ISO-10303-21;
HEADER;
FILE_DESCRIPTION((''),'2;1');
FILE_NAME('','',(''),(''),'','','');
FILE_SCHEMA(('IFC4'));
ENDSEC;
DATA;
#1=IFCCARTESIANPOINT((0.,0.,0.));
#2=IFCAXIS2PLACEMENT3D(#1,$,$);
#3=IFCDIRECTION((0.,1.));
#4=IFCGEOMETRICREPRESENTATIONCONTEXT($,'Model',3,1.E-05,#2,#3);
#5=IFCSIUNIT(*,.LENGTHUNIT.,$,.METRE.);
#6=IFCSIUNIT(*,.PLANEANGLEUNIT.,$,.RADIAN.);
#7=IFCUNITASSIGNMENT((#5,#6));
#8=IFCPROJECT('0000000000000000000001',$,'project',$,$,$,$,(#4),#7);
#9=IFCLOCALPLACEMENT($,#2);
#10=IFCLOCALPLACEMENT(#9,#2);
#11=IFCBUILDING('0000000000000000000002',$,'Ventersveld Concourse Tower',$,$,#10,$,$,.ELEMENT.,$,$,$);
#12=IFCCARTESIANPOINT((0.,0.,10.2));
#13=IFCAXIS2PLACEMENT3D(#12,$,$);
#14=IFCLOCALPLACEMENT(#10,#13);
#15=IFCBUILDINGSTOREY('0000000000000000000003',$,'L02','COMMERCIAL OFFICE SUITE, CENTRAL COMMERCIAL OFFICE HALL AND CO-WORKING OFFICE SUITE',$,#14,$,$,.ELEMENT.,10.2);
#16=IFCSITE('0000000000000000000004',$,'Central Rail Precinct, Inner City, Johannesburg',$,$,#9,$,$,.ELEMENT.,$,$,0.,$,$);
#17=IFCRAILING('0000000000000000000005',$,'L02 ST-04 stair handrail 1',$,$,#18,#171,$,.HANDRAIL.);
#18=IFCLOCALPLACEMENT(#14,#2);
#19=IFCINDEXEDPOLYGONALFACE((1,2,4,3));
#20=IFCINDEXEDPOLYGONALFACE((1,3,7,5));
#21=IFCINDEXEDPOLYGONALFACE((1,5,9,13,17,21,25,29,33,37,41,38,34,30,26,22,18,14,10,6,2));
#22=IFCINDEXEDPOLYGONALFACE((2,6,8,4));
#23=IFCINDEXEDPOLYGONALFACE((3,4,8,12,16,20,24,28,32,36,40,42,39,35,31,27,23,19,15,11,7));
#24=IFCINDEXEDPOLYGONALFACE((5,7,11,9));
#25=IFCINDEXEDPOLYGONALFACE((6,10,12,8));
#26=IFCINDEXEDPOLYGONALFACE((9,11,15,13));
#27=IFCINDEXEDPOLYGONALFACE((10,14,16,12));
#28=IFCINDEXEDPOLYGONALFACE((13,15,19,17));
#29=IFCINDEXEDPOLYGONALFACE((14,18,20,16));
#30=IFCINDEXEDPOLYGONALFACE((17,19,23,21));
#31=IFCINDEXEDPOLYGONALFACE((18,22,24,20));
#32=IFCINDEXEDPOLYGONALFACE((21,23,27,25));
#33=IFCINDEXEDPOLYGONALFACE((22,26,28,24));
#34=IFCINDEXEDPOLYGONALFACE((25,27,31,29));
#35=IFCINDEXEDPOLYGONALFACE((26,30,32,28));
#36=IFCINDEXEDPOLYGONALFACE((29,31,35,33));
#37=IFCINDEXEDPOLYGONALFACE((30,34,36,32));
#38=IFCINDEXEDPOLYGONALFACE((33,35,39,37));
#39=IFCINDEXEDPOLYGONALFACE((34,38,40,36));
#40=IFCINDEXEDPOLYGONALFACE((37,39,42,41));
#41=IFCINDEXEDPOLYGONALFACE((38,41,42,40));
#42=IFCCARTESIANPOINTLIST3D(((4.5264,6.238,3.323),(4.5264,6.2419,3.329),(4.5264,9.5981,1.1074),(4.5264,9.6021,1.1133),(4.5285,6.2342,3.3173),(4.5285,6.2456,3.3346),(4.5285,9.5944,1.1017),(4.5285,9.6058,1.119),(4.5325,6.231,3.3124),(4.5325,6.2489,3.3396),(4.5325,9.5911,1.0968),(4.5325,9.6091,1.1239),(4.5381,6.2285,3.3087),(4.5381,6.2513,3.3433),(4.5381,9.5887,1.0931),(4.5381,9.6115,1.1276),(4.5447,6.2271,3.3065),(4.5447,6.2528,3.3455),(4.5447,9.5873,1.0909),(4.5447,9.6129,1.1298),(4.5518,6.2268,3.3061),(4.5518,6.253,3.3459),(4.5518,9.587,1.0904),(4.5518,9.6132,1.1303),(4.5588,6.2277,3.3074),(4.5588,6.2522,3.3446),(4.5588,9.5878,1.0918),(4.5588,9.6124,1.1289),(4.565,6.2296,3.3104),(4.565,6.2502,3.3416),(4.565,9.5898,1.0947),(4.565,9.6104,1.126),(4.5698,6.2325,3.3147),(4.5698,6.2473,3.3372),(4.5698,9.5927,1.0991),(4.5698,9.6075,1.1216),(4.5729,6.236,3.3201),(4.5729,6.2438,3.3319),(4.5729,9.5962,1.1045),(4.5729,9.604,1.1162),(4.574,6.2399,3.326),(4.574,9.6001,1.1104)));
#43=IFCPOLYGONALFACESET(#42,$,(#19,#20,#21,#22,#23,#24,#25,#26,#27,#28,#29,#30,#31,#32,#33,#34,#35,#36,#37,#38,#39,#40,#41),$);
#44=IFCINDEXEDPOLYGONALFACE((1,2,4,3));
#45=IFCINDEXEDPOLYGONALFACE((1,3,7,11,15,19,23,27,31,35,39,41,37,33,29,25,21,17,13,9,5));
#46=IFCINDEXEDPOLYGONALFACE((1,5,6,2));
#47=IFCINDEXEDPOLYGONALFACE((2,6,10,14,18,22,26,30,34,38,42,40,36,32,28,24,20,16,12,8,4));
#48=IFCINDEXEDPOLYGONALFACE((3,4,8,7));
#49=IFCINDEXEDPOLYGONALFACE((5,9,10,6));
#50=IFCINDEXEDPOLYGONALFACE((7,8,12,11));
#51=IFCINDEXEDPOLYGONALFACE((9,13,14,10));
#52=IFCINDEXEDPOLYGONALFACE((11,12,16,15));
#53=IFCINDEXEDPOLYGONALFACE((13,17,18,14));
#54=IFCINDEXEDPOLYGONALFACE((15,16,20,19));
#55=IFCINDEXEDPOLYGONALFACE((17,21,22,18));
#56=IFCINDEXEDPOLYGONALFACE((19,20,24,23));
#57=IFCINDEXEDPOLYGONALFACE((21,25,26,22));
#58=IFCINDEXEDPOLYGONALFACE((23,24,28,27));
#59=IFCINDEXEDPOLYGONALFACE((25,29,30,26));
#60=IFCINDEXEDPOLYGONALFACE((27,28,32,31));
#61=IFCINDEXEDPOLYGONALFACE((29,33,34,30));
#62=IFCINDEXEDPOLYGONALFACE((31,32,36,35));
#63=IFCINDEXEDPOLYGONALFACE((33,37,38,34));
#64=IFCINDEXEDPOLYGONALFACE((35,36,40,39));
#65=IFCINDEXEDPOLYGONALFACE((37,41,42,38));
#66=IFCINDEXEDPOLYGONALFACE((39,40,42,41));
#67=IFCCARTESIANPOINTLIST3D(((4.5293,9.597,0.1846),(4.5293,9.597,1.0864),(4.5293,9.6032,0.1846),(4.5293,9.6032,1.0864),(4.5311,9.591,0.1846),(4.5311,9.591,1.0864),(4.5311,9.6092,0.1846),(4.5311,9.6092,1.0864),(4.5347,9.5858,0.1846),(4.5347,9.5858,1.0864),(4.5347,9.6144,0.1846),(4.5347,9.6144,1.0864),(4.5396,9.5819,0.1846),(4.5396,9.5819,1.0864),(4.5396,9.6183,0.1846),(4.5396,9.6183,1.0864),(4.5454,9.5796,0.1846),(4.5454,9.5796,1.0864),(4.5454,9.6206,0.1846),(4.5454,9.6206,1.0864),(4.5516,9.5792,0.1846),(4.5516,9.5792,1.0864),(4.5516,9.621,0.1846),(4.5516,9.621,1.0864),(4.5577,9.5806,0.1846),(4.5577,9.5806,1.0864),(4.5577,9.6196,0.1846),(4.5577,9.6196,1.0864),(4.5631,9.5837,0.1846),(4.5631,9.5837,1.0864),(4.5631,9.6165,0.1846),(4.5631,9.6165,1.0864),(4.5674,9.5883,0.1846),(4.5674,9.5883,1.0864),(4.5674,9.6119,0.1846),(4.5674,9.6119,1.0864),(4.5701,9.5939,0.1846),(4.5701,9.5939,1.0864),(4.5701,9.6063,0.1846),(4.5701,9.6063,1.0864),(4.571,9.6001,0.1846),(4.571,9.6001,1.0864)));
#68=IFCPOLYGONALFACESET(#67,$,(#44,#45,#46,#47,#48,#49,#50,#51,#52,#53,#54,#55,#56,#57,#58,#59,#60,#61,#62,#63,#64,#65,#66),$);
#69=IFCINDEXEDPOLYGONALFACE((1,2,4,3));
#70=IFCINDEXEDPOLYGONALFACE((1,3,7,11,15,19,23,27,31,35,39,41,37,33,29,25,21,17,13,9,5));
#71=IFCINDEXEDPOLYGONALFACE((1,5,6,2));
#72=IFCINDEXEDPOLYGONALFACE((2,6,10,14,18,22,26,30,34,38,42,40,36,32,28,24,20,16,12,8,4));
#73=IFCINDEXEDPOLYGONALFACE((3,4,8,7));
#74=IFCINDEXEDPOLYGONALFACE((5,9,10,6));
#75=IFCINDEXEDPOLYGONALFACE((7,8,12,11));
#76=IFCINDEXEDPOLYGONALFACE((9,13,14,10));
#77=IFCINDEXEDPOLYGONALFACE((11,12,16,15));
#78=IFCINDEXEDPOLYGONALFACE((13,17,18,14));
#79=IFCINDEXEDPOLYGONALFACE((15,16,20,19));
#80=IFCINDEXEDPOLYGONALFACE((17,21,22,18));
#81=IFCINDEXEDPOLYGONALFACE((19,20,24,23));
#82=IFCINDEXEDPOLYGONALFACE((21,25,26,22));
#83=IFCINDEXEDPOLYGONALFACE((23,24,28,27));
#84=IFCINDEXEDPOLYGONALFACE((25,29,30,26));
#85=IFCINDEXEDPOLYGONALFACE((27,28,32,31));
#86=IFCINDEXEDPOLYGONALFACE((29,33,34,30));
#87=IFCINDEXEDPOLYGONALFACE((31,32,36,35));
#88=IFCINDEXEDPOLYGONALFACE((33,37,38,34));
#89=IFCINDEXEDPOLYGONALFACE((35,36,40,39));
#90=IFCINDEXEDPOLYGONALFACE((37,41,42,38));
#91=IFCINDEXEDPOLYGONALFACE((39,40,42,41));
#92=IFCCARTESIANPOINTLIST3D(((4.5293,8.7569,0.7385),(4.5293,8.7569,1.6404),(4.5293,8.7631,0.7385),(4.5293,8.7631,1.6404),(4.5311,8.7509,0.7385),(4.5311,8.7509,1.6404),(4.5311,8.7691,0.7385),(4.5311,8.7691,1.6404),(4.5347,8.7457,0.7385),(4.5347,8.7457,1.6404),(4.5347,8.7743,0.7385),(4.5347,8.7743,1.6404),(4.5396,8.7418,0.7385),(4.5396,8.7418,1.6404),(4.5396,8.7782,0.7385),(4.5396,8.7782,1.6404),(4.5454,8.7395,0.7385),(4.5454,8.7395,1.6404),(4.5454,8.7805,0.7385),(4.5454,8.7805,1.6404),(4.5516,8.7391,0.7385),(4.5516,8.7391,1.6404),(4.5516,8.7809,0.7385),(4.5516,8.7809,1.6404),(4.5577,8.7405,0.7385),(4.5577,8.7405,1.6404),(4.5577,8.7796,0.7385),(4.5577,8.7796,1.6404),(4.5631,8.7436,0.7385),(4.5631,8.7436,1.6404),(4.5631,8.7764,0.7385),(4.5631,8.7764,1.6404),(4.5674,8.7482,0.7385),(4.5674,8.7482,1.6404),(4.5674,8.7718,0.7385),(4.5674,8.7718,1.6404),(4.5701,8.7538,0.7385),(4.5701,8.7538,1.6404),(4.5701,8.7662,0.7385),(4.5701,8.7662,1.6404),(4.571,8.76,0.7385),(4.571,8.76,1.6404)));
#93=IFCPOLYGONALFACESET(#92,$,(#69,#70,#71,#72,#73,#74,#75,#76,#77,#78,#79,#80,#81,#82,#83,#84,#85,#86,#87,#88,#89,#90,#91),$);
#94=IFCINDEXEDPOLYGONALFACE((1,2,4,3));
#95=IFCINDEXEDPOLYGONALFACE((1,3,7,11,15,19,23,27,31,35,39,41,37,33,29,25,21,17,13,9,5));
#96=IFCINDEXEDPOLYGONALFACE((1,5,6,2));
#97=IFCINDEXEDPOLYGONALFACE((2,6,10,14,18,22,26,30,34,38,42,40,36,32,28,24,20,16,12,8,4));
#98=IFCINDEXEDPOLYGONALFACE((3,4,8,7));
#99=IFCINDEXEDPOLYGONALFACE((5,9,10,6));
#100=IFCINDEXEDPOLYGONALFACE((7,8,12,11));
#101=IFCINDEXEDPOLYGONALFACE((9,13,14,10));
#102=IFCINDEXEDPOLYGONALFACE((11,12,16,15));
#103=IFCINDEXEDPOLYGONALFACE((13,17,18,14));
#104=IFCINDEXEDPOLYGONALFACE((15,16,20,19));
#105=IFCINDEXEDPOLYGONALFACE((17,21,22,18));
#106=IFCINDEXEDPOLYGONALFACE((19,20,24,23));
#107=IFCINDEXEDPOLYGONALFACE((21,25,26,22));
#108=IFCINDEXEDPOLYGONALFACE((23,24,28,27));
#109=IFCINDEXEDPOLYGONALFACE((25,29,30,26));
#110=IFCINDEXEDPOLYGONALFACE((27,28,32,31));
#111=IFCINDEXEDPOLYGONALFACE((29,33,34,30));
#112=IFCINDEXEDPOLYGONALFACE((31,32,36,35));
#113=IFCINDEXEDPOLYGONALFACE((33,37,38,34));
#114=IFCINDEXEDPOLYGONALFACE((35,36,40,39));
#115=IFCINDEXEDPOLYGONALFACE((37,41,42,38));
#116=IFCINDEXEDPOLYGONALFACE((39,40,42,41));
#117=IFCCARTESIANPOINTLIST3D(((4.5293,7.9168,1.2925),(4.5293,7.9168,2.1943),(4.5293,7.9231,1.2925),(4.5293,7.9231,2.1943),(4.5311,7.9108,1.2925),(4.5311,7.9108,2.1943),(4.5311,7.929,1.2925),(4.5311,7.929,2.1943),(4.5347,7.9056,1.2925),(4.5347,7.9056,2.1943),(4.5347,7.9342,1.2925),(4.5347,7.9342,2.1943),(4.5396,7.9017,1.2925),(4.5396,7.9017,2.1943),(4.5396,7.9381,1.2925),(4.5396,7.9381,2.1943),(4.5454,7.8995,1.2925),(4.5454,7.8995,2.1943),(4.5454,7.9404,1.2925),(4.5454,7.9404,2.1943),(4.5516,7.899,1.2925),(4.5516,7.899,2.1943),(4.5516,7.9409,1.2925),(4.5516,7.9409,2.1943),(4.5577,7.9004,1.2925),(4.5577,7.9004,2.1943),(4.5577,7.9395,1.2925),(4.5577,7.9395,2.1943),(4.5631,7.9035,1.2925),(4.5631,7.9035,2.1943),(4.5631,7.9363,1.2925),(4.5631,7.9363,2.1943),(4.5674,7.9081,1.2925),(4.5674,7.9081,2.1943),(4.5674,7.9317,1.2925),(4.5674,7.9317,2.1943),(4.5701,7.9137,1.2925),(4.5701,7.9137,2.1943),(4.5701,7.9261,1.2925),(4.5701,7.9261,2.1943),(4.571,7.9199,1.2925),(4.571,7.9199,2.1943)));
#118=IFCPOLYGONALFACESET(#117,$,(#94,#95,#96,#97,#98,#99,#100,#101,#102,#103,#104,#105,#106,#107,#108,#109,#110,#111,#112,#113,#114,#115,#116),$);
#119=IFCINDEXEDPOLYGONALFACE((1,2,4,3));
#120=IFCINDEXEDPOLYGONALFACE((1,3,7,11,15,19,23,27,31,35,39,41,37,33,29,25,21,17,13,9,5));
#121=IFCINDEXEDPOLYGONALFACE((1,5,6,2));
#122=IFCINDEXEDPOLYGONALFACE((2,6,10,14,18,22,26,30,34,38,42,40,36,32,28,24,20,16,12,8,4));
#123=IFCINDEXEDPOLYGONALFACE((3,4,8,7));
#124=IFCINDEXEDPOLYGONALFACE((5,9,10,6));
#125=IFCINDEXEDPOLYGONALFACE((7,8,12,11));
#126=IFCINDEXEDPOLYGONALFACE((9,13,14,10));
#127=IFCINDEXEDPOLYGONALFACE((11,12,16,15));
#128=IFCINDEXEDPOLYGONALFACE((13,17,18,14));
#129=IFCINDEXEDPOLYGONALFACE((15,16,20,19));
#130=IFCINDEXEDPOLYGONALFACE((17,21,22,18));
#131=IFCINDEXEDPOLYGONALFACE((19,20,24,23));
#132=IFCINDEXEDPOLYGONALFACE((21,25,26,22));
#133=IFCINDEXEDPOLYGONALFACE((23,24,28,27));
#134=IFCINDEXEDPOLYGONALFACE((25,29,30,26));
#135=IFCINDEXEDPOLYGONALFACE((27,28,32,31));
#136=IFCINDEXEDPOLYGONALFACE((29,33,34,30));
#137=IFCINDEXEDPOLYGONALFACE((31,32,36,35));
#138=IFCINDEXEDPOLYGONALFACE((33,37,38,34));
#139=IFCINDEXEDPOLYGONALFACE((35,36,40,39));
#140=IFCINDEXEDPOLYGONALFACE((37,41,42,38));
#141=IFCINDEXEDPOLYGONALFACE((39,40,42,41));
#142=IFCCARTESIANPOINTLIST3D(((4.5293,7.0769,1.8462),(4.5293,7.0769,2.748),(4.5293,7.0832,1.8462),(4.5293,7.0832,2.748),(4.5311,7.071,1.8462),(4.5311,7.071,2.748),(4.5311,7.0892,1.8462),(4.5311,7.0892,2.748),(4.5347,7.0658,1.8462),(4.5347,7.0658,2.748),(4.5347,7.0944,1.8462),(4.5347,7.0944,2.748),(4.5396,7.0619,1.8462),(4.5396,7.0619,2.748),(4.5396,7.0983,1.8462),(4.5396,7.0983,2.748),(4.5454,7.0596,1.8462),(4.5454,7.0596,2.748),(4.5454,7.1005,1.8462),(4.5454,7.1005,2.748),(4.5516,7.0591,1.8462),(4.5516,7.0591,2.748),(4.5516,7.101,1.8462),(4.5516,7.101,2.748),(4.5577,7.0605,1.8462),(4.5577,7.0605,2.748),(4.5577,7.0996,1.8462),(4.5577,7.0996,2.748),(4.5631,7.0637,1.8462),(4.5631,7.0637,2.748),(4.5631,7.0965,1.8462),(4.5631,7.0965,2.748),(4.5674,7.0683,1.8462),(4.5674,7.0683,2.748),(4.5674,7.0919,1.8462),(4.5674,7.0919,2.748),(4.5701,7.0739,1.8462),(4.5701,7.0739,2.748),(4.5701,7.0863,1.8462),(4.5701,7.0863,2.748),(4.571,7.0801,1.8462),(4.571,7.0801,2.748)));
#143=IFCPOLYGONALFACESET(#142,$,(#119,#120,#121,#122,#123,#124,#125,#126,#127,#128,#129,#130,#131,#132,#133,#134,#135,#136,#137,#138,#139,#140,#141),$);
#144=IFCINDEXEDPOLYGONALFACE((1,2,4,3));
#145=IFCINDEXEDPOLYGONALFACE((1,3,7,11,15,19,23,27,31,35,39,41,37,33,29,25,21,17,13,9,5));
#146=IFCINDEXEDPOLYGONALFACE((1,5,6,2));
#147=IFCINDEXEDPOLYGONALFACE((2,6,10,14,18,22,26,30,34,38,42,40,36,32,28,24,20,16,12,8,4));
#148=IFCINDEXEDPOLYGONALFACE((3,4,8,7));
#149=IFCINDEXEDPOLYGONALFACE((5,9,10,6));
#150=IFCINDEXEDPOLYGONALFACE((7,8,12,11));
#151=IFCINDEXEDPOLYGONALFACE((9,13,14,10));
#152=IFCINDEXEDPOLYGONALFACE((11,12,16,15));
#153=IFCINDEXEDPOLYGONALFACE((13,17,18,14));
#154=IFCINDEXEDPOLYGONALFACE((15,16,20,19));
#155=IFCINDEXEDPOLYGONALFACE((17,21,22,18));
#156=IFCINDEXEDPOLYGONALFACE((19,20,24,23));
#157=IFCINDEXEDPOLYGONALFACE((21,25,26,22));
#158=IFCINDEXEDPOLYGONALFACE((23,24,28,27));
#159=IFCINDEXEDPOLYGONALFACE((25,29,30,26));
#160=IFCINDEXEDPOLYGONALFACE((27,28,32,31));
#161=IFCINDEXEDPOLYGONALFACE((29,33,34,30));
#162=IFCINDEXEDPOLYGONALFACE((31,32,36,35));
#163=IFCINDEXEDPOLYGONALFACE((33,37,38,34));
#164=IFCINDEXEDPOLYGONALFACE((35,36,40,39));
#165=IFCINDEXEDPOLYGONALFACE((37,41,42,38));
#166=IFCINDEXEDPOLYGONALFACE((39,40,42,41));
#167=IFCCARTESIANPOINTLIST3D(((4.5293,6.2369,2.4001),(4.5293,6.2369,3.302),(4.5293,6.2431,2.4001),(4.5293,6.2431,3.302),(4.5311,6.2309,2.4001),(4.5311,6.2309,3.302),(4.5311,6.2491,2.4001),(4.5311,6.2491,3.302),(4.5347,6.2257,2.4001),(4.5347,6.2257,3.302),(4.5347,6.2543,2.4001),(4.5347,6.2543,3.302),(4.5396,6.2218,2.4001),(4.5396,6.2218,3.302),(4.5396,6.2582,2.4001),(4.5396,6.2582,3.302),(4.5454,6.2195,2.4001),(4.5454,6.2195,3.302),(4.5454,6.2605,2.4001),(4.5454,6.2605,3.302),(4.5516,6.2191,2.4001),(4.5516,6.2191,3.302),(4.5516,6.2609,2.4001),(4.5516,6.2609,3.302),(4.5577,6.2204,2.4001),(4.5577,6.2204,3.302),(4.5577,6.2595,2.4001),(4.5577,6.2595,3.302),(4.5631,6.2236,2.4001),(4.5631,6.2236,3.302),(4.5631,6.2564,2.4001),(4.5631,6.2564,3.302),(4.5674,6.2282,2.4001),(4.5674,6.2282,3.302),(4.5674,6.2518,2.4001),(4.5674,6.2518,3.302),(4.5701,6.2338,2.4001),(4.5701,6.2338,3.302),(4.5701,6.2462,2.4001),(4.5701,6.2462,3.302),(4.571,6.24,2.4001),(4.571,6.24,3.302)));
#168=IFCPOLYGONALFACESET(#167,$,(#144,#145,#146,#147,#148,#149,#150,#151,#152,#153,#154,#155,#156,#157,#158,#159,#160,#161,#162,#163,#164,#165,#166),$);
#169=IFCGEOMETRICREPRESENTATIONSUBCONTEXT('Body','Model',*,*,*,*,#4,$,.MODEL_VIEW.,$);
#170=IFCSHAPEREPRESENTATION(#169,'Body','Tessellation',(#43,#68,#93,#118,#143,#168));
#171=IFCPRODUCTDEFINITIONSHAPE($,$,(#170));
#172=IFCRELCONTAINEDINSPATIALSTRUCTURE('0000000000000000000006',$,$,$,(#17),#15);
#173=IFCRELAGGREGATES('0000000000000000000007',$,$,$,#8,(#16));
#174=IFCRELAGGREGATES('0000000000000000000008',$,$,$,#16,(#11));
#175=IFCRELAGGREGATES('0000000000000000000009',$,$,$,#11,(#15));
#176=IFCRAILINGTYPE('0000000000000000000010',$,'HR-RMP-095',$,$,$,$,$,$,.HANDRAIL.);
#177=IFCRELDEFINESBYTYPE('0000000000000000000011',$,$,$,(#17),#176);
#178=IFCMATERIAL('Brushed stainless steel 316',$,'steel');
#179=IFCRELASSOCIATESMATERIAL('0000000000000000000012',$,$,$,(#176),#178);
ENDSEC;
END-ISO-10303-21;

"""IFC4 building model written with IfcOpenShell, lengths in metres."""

from ifc_helpers import new_model, si_unit, direction, frame, origin, origin_2d, place, context, subcontext, project, spatial, circle, extrude, material, type_object, element, save


model = new_model("IFC4")

# Units and contexts
model_context = context("Model", 3, precision=1e-05, world=origin(), true_north=direction((0.0, 1.0)))
body_context = subcontext(model_context, "Body", "Model", "MODEL_VIEW")
ifc_project = project(units=[si_unit("LENGTHUNIT", "METRE"), si_unit("PLANEANGLEUNIT", "RADIAN")], contexts=[model_context])

# Site, building, storey
site_placement = place(None, origin())
site = spatial("IfcSite", under=ifc_project, at=site_placement, Name="Central Rail Precinct, Inner City, Johannesburg", CompositionType="ELEMENT", RefElevation=0.0)
building_placement = place(site_placement, origin())
building = spatial("IfcBuilding", under=site, at=building_placement, Name="Ventersveld Concourse Tower", CompositionType="ELEMENT")
storey_placement = place(building_placement, frame((0.0, 0.0, 10.2)))
storey = spatial("IfcBuildingStorey", under=building, at=storey_placement, Name="L02", Description="COMMERCIAL OFFICE SUITE, CENTRAL COMMERCIAL OFFICE HALL AND CO-WORKING OFFICE SUITE", CompositionType="ELEMENT", Elevation=10.2)

# Railing
ifc_material_1 = material(Name="Brushed stainless steel 316", Category="steel")
railing_type_1 = type_object("IfcRailingType", Name="HR-RMP-095", PredefinedType="HANDRAIL", material=ifc_material_1)
railing_1_placement = place(storey_placement, frame((4.55, 9.6001, 0.1846)))
element("IfcRailing", 1, at=railing_1_placement, inside=storey, type_object=railing_type_1, Name="L02 ST-04 stair handrail 1", PredefinedType="HANDRAIL", context=body_context, shape_type="SweptSolid", body=[
    extrude(circle(Radius=0.0239, at=origin_2d()), frame((0.0, 0.0, 0.9258), z_axis=(0.0, -0.834849, 0.55048), x_axis=(1.0, 0.0, 0.0)), (0.0, 0.0, 1.0), 4.0249),
    extrude(circle(Radius=0.021, at=origin_2d()), origin(), (0.0, 0.0, 1.0), 0.9019),
    extrude(circle(Radius=0.021, at=origin_2d()), frame((0.0, -0.8401, 0.554)), (0.0, 0.0, 1.0), 0.9019),
    extrude(circle(Radius=0.021, at=origin_2d()), frame((0.0, -1.6802, 1.1079)), (0.0, 0.0, 1.0), 0.9019),
    extrude(circle(Radius=0.021, at=origin_2d()), frame((0.0, -2.52, 1.6616)), (0.0, 0.0, 1.0), 0.9019),
    extrude(circle(Radius=0.021, at=origin_2d()), frame((0.0, -3.3601, 2.2156)), (0.0, 0.0, 1.0), 0.9019),
])

save(model, "model.ifc")
